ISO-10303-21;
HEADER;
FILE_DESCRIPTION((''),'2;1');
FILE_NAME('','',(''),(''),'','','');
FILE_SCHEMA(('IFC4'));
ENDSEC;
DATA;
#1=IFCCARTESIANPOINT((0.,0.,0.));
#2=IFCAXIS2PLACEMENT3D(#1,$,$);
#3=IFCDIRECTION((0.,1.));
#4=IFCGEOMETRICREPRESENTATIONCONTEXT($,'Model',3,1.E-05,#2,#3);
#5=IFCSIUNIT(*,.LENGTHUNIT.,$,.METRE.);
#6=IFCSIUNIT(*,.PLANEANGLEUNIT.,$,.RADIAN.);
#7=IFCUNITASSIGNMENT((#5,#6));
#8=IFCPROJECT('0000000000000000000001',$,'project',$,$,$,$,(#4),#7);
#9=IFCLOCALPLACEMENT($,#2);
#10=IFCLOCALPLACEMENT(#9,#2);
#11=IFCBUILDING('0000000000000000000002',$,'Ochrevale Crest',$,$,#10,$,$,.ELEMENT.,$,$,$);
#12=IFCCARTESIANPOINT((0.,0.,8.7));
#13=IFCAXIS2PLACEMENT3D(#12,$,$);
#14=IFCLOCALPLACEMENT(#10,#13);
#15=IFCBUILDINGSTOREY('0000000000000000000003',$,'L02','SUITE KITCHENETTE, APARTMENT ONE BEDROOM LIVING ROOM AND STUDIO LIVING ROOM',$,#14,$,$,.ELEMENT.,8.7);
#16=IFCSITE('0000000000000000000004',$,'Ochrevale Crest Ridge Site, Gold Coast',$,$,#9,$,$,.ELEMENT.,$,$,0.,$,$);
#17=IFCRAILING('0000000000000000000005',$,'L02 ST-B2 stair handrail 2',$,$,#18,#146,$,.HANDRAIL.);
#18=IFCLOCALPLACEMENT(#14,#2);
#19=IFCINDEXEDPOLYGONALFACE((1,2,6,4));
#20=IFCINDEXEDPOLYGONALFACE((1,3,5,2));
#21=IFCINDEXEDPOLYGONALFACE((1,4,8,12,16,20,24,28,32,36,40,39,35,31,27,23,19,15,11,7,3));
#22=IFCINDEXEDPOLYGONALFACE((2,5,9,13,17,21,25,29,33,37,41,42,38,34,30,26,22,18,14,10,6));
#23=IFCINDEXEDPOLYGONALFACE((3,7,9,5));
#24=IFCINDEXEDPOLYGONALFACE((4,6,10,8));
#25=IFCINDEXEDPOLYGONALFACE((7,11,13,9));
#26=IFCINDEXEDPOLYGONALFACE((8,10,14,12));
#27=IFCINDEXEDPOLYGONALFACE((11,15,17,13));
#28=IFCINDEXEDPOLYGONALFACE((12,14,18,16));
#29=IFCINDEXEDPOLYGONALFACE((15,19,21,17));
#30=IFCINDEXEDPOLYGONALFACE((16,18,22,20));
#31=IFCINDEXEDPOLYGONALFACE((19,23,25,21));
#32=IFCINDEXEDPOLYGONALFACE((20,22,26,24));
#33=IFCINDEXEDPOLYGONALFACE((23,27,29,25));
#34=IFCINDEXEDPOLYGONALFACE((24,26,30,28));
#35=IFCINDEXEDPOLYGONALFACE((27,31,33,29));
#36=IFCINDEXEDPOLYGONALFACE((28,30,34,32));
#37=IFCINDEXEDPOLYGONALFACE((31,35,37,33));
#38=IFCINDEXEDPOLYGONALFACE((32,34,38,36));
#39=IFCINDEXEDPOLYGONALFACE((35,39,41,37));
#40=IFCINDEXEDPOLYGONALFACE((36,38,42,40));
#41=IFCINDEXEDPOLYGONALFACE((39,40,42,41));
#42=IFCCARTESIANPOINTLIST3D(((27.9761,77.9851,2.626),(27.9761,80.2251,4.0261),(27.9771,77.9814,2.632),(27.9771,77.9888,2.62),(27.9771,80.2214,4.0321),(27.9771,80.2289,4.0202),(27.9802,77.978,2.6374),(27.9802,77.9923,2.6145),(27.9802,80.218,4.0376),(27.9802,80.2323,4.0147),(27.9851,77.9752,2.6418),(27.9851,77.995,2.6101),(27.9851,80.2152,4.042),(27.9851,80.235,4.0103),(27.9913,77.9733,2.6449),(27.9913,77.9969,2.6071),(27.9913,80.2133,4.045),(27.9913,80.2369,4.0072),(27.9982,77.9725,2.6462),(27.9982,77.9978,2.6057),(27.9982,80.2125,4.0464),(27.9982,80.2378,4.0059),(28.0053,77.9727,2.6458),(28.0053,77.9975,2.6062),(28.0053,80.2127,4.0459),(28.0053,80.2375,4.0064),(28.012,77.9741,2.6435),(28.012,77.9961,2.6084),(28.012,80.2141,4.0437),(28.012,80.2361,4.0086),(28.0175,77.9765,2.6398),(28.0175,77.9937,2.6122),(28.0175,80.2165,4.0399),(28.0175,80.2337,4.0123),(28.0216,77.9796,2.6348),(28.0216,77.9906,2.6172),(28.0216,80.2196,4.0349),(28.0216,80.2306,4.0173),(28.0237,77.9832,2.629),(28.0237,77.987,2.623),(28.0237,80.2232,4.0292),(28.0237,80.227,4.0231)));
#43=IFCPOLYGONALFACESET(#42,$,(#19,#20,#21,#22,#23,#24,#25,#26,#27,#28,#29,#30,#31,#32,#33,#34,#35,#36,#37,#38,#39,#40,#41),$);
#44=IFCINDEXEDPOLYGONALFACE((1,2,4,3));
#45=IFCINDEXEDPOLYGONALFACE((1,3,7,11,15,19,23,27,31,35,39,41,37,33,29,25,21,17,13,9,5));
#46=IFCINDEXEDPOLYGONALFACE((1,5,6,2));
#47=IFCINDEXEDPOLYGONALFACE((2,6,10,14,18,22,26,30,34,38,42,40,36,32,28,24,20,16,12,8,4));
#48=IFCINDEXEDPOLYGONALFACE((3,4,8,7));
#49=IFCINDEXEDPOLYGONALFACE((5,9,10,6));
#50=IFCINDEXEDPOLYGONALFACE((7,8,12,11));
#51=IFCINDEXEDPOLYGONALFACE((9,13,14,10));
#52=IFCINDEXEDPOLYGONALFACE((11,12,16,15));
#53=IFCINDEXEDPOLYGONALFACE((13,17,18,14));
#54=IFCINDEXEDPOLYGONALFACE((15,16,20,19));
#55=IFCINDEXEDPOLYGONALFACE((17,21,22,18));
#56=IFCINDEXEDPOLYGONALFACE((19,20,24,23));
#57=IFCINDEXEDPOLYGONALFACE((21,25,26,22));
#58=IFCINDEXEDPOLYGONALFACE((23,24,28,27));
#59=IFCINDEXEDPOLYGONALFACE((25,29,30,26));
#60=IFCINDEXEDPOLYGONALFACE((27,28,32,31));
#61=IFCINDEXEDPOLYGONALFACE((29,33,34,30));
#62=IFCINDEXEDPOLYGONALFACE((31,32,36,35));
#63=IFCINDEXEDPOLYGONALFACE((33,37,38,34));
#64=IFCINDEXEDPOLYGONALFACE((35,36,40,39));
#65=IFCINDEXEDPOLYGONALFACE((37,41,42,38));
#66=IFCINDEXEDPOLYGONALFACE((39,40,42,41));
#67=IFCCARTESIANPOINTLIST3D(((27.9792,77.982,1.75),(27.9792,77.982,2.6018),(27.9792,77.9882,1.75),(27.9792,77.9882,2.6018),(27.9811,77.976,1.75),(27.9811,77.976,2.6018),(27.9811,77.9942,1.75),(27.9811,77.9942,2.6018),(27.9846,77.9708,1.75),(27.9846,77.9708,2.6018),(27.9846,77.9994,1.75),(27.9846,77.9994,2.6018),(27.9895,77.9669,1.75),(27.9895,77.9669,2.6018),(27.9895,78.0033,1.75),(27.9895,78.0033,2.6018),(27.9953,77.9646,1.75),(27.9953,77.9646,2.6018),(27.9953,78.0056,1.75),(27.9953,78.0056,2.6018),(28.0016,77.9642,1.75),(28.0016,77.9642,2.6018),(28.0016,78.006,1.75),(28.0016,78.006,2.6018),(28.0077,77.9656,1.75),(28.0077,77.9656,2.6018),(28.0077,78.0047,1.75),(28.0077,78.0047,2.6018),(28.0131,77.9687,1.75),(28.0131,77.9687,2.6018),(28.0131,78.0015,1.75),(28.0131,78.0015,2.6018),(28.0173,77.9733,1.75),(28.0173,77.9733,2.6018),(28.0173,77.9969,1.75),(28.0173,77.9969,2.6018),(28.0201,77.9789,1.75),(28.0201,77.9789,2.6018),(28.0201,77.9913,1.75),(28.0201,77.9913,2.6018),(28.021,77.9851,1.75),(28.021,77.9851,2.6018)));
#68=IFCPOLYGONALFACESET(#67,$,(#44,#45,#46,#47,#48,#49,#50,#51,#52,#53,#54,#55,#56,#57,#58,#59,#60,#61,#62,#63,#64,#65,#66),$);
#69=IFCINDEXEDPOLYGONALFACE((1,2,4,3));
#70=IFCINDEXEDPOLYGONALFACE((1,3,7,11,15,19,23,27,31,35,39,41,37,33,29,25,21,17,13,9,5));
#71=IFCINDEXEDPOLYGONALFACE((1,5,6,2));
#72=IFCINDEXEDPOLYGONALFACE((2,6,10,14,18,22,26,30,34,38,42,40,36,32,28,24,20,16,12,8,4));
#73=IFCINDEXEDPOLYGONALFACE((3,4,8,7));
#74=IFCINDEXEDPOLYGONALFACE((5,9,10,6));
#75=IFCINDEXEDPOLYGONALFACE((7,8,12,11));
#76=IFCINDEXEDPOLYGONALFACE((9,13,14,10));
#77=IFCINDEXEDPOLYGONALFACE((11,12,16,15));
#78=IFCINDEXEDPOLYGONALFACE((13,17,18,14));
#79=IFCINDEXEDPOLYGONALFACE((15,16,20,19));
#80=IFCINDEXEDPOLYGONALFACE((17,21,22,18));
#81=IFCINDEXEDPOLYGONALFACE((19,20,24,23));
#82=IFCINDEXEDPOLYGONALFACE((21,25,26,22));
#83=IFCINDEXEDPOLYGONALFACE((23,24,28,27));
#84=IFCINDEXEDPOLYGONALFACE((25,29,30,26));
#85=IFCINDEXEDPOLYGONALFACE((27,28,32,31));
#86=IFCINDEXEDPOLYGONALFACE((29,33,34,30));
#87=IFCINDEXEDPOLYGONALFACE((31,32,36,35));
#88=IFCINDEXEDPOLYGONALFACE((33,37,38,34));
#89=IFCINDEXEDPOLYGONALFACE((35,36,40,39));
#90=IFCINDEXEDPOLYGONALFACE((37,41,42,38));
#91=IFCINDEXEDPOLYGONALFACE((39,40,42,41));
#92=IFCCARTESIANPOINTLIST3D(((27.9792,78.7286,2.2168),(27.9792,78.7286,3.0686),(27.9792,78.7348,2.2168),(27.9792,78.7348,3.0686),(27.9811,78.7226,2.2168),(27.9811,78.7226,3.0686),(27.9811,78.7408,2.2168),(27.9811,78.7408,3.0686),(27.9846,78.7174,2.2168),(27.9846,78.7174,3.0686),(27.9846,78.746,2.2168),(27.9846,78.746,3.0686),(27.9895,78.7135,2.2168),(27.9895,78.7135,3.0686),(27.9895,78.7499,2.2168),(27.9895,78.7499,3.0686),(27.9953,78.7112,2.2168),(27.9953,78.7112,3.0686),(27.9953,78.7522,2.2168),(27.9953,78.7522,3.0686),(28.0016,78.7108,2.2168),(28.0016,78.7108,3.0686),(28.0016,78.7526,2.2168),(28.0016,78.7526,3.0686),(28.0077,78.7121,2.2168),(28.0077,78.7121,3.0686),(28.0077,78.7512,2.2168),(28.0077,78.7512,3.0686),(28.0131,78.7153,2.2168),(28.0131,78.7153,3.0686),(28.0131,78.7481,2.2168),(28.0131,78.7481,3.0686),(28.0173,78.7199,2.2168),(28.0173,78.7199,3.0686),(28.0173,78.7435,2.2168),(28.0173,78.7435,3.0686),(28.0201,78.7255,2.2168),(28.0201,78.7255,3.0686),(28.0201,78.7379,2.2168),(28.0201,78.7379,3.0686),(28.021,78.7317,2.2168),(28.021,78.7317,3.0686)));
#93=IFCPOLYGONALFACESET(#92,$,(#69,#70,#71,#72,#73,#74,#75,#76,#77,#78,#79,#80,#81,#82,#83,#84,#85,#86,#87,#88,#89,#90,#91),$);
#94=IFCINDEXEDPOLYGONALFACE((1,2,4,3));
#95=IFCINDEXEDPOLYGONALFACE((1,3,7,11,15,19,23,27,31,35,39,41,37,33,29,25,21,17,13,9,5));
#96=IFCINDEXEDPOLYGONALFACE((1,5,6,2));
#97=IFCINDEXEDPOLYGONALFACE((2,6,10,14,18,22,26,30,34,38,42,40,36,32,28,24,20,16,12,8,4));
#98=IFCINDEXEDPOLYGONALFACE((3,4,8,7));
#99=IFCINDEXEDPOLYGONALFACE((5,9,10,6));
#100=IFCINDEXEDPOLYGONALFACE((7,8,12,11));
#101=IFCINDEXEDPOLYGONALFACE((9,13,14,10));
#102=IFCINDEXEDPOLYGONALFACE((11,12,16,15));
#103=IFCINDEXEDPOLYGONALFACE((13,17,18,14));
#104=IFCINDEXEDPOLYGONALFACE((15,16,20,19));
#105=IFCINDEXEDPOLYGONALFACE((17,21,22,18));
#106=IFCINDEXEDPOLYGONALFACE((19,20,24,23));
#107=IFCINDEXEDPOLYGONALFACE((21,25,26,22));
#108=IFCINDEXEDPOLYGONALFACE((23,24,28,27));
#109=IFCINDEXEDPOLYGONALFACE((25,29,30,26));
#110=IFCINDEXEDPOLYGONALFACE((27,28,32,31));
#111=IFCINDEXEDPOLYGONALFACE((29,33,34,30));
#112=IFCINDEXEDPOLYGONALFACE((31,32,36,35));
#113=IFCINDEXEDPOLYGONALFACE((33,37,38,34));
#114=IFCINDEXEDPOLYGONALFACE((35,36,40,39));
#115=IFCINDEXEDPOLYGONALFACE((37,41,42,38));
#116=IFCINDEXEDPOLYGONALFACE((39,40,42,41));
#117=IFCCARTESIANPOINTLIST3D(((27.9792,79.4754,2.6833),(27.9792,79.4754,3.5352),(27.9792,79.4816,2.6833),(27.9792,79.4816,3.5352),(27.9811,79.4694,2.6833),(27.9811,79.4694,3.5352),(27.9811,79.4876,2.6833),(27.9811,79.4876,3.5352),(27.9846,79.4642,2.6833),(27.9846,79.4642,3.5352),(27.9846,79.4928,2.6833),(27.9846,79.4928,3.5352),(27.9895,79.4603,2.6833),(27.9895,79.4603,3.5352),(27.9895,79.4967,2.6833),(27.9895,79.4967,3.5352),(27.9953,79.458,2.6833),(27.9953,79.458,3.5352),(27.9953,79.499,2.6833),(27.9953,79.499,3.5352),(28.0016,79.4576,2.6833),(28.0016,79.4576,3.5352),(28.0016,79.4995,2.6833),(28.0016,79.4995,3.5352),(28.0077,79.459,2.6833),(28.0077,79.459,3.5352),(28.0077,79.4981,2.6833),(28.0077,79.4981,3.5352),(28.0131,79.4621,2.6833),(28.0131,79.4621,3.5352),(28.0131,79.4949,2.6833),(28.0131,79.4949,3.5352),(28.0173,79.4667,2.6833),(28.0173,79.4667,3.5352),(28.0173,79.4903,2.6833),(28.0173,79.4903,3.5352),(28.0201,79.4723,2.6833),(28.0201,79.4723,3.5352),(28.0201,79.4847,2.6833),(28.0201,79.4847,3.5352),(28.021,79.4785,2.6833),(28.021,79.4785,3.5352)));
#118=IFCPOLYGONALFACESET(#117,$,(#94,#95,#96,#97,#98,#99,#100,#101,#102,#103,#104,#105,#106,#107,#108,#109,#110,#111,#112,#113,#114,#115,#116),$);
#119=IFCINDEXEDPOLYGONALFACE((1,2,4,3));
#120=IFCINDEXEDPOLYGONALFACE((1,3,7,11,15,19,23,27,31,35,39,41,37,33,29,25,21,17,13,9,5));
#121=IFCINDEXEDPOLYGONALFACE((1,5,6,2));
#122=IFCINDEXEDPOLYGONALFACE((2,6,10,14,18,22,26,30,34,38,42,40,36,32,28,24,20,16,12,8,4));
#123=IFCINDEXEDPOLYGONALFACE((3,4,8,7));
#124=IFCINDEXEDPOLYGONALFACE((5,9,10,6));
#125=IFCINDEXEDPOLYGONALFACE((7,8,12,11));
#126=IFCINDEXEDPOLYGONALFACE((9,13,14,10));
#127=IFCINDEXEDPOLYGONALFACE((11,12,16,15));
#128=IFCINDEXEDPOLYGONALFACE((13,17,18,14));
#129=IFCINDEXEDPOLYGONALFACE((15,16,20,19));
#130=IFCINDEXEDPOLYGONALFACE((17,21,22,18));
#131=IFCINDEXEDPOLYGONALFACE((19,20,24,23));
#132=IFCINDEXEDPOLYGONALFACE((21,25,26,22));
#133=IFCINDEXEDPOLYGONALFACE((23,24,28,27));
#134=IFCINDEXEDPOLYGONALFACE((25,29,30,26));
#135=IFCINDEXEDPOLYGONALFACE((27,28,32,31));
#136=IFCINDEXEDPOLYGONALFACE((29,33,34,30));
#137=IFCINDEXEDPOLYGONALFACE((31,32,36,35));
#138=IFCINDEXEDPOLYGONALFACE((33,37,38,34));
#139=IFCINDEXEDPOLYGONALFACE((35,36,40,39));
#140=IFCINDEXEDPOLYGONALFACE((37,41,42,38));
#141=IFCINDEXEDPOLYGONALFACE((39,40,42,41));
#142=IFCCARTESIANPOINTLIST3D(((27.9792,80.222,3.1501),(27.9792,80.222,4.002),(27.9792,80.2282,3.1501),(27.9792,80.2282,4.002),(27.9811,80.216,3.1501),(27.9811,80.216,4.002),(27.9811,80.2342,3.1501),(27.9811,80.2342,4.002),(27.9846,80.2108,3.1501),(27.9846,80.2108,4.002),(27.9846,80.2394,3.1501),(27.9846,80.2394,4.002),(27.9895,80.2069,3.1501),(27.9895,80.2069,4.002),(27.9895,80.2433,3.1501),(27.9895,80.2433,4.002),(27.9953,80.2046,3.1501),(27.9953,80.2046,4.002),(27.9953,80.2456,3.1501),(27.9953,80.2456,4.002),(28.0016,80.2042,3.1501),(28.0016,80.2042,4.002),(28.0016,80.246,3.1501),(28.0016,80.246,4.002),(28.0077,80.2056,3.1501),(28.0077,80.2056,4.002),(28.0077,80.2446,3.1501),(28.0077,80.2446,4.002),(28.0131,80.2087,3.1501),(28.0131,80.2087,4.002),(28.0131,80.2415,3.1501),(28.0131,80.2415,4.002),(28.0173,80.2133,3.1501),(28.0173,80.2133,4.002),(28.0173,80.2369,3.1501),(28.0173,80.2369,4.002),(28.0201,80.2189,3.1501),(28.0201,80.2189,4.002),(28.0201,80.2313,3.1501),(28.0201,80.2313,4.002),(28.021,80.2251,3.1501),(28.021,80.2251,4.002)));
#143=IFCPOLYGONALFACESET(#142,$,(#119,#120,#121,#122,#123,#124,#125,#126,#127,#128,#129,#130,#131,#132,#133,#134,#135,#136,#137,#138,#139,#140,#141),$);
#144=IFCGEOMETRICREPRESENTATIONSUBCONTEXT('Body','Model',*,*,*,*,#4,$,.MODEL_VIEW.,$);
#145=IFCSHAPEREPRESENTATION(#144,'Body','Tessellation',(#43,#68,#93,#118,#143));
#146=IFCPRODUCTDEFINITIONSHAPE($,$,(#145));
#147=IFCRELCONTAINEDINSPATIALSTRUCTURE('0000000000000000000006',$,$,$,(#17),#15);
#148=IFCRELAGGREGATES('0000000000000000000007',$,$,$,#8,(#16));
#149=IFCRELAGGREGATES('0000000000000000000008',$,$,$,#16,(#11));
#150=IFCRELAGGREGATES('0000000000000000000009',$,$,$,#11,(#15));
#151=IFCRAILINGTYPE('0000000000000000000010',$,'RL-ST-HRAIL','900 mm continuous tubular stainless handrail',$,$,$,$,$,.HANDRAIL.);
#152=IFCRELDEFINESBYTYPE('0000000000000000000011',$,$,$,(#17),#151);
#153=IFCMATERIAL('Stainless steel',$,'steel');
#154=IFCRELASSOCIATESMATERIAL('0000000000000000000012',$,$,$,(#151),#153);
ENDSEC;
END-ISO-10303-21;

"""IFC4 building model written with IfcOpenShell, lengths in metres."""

from ifc_helpers import new_model, si_unit, direction, frame, origin, origin_2d, place, context, subcontext, project, spatial, circle, extrude, material, type_object, element, save


model = new_model("IFC4")

# Units and contexts
model_context = context("Model", 3, precision=1e-05, world=origin(), true_north=direction((0.0, 1.0)))
body_context = subcontext(model_context, "Body", "Model", "MODEL_VIEW")
ifc_project = project(units=[si_unit("LENGTHUNIT", "METRE"), si_unit("PLANEANGLEUNIT", "RADIAN")], contexts=[model_context])

# Site, building, storey
site_placement = place(None, origin())
site = spatial("IfcSite", under=ifc_project, at=site_placement, Name="Ochrevale Crest Ridge Site, Gold Coast", CompositionType="ELEMENT", RefElevation=0.0)
building_placement = place(site_placement, origin())
building = spatial("IfcBuilding", under=site, at=building_placement, Name="Ochrevale Crest", CompositionType="ELEMENT")
storey_placement = place(building_placement, frame((0.0, 0.0, 8.7)))
storey = spatial("IfcBuildingStorey", under=building, at=storey_placement, Name="L02", Description="SUITE KITCHENETTE, APARTMENT ONE BEDROOM LIVING ROOM AND STUDIO LIVING ROOM", CompositionType="ELEMENT", Elevation=8.7)

# Railing
ifc_material_1 = material(Name="Stainless steel", Category="steel")
railing_type_1 = type_object("IfcRailingType", Name="RL-ST-HRAIL", Description="900 mm continuous tubular stainless handrail", PredefinedType="HANDRAIL", material=ifc_material_1)
railing_1_placement = place(storey_placement, frame((28.0, 77.9851, 1.75)))
element("IfcRailing", 1, at=railing_1_placement, inside=storey, type_object=railing_type_1, Name="L02 ST-B2 stair handrail 2", PredefinedType="HANDRAIL", context=body_context, shape_type="SweptSolid", body=[
    extrude(circle(Radius=0.0239, at=origin_2d()), frame((0.0, 0.0, 0.876), z_axis=(0.0, 0.847972, 0.53004), x_axis=(-1.0, 0.0, 0.0)), (0.0, 0.0, 1.0), 2.6416),
    extrude(circle(Radius=0.021, at=origin_2d()), origin(), (0.0, 0.0, 1.0), 0.8518),
    extrude(circle(Radius=0.021, at=origin_2d()), frame((0.0, 0.7466, 0.4668)), (0.0, 0.0, 1.0), 0.8518),
    extrude(circle(Radius=0.021, at=origin_2d()), frame((0.0, 1.4934, 0.9333)), (0.0, 0.0, 1.0), 0.8518),
    extrude(circle(Radius=0.021, at=origin_2d()), frame((0.0, 2.24, 1.4001)), (0.0, 0.0, 1.0), 0.8518),
])

save(model, "model.ifc")
